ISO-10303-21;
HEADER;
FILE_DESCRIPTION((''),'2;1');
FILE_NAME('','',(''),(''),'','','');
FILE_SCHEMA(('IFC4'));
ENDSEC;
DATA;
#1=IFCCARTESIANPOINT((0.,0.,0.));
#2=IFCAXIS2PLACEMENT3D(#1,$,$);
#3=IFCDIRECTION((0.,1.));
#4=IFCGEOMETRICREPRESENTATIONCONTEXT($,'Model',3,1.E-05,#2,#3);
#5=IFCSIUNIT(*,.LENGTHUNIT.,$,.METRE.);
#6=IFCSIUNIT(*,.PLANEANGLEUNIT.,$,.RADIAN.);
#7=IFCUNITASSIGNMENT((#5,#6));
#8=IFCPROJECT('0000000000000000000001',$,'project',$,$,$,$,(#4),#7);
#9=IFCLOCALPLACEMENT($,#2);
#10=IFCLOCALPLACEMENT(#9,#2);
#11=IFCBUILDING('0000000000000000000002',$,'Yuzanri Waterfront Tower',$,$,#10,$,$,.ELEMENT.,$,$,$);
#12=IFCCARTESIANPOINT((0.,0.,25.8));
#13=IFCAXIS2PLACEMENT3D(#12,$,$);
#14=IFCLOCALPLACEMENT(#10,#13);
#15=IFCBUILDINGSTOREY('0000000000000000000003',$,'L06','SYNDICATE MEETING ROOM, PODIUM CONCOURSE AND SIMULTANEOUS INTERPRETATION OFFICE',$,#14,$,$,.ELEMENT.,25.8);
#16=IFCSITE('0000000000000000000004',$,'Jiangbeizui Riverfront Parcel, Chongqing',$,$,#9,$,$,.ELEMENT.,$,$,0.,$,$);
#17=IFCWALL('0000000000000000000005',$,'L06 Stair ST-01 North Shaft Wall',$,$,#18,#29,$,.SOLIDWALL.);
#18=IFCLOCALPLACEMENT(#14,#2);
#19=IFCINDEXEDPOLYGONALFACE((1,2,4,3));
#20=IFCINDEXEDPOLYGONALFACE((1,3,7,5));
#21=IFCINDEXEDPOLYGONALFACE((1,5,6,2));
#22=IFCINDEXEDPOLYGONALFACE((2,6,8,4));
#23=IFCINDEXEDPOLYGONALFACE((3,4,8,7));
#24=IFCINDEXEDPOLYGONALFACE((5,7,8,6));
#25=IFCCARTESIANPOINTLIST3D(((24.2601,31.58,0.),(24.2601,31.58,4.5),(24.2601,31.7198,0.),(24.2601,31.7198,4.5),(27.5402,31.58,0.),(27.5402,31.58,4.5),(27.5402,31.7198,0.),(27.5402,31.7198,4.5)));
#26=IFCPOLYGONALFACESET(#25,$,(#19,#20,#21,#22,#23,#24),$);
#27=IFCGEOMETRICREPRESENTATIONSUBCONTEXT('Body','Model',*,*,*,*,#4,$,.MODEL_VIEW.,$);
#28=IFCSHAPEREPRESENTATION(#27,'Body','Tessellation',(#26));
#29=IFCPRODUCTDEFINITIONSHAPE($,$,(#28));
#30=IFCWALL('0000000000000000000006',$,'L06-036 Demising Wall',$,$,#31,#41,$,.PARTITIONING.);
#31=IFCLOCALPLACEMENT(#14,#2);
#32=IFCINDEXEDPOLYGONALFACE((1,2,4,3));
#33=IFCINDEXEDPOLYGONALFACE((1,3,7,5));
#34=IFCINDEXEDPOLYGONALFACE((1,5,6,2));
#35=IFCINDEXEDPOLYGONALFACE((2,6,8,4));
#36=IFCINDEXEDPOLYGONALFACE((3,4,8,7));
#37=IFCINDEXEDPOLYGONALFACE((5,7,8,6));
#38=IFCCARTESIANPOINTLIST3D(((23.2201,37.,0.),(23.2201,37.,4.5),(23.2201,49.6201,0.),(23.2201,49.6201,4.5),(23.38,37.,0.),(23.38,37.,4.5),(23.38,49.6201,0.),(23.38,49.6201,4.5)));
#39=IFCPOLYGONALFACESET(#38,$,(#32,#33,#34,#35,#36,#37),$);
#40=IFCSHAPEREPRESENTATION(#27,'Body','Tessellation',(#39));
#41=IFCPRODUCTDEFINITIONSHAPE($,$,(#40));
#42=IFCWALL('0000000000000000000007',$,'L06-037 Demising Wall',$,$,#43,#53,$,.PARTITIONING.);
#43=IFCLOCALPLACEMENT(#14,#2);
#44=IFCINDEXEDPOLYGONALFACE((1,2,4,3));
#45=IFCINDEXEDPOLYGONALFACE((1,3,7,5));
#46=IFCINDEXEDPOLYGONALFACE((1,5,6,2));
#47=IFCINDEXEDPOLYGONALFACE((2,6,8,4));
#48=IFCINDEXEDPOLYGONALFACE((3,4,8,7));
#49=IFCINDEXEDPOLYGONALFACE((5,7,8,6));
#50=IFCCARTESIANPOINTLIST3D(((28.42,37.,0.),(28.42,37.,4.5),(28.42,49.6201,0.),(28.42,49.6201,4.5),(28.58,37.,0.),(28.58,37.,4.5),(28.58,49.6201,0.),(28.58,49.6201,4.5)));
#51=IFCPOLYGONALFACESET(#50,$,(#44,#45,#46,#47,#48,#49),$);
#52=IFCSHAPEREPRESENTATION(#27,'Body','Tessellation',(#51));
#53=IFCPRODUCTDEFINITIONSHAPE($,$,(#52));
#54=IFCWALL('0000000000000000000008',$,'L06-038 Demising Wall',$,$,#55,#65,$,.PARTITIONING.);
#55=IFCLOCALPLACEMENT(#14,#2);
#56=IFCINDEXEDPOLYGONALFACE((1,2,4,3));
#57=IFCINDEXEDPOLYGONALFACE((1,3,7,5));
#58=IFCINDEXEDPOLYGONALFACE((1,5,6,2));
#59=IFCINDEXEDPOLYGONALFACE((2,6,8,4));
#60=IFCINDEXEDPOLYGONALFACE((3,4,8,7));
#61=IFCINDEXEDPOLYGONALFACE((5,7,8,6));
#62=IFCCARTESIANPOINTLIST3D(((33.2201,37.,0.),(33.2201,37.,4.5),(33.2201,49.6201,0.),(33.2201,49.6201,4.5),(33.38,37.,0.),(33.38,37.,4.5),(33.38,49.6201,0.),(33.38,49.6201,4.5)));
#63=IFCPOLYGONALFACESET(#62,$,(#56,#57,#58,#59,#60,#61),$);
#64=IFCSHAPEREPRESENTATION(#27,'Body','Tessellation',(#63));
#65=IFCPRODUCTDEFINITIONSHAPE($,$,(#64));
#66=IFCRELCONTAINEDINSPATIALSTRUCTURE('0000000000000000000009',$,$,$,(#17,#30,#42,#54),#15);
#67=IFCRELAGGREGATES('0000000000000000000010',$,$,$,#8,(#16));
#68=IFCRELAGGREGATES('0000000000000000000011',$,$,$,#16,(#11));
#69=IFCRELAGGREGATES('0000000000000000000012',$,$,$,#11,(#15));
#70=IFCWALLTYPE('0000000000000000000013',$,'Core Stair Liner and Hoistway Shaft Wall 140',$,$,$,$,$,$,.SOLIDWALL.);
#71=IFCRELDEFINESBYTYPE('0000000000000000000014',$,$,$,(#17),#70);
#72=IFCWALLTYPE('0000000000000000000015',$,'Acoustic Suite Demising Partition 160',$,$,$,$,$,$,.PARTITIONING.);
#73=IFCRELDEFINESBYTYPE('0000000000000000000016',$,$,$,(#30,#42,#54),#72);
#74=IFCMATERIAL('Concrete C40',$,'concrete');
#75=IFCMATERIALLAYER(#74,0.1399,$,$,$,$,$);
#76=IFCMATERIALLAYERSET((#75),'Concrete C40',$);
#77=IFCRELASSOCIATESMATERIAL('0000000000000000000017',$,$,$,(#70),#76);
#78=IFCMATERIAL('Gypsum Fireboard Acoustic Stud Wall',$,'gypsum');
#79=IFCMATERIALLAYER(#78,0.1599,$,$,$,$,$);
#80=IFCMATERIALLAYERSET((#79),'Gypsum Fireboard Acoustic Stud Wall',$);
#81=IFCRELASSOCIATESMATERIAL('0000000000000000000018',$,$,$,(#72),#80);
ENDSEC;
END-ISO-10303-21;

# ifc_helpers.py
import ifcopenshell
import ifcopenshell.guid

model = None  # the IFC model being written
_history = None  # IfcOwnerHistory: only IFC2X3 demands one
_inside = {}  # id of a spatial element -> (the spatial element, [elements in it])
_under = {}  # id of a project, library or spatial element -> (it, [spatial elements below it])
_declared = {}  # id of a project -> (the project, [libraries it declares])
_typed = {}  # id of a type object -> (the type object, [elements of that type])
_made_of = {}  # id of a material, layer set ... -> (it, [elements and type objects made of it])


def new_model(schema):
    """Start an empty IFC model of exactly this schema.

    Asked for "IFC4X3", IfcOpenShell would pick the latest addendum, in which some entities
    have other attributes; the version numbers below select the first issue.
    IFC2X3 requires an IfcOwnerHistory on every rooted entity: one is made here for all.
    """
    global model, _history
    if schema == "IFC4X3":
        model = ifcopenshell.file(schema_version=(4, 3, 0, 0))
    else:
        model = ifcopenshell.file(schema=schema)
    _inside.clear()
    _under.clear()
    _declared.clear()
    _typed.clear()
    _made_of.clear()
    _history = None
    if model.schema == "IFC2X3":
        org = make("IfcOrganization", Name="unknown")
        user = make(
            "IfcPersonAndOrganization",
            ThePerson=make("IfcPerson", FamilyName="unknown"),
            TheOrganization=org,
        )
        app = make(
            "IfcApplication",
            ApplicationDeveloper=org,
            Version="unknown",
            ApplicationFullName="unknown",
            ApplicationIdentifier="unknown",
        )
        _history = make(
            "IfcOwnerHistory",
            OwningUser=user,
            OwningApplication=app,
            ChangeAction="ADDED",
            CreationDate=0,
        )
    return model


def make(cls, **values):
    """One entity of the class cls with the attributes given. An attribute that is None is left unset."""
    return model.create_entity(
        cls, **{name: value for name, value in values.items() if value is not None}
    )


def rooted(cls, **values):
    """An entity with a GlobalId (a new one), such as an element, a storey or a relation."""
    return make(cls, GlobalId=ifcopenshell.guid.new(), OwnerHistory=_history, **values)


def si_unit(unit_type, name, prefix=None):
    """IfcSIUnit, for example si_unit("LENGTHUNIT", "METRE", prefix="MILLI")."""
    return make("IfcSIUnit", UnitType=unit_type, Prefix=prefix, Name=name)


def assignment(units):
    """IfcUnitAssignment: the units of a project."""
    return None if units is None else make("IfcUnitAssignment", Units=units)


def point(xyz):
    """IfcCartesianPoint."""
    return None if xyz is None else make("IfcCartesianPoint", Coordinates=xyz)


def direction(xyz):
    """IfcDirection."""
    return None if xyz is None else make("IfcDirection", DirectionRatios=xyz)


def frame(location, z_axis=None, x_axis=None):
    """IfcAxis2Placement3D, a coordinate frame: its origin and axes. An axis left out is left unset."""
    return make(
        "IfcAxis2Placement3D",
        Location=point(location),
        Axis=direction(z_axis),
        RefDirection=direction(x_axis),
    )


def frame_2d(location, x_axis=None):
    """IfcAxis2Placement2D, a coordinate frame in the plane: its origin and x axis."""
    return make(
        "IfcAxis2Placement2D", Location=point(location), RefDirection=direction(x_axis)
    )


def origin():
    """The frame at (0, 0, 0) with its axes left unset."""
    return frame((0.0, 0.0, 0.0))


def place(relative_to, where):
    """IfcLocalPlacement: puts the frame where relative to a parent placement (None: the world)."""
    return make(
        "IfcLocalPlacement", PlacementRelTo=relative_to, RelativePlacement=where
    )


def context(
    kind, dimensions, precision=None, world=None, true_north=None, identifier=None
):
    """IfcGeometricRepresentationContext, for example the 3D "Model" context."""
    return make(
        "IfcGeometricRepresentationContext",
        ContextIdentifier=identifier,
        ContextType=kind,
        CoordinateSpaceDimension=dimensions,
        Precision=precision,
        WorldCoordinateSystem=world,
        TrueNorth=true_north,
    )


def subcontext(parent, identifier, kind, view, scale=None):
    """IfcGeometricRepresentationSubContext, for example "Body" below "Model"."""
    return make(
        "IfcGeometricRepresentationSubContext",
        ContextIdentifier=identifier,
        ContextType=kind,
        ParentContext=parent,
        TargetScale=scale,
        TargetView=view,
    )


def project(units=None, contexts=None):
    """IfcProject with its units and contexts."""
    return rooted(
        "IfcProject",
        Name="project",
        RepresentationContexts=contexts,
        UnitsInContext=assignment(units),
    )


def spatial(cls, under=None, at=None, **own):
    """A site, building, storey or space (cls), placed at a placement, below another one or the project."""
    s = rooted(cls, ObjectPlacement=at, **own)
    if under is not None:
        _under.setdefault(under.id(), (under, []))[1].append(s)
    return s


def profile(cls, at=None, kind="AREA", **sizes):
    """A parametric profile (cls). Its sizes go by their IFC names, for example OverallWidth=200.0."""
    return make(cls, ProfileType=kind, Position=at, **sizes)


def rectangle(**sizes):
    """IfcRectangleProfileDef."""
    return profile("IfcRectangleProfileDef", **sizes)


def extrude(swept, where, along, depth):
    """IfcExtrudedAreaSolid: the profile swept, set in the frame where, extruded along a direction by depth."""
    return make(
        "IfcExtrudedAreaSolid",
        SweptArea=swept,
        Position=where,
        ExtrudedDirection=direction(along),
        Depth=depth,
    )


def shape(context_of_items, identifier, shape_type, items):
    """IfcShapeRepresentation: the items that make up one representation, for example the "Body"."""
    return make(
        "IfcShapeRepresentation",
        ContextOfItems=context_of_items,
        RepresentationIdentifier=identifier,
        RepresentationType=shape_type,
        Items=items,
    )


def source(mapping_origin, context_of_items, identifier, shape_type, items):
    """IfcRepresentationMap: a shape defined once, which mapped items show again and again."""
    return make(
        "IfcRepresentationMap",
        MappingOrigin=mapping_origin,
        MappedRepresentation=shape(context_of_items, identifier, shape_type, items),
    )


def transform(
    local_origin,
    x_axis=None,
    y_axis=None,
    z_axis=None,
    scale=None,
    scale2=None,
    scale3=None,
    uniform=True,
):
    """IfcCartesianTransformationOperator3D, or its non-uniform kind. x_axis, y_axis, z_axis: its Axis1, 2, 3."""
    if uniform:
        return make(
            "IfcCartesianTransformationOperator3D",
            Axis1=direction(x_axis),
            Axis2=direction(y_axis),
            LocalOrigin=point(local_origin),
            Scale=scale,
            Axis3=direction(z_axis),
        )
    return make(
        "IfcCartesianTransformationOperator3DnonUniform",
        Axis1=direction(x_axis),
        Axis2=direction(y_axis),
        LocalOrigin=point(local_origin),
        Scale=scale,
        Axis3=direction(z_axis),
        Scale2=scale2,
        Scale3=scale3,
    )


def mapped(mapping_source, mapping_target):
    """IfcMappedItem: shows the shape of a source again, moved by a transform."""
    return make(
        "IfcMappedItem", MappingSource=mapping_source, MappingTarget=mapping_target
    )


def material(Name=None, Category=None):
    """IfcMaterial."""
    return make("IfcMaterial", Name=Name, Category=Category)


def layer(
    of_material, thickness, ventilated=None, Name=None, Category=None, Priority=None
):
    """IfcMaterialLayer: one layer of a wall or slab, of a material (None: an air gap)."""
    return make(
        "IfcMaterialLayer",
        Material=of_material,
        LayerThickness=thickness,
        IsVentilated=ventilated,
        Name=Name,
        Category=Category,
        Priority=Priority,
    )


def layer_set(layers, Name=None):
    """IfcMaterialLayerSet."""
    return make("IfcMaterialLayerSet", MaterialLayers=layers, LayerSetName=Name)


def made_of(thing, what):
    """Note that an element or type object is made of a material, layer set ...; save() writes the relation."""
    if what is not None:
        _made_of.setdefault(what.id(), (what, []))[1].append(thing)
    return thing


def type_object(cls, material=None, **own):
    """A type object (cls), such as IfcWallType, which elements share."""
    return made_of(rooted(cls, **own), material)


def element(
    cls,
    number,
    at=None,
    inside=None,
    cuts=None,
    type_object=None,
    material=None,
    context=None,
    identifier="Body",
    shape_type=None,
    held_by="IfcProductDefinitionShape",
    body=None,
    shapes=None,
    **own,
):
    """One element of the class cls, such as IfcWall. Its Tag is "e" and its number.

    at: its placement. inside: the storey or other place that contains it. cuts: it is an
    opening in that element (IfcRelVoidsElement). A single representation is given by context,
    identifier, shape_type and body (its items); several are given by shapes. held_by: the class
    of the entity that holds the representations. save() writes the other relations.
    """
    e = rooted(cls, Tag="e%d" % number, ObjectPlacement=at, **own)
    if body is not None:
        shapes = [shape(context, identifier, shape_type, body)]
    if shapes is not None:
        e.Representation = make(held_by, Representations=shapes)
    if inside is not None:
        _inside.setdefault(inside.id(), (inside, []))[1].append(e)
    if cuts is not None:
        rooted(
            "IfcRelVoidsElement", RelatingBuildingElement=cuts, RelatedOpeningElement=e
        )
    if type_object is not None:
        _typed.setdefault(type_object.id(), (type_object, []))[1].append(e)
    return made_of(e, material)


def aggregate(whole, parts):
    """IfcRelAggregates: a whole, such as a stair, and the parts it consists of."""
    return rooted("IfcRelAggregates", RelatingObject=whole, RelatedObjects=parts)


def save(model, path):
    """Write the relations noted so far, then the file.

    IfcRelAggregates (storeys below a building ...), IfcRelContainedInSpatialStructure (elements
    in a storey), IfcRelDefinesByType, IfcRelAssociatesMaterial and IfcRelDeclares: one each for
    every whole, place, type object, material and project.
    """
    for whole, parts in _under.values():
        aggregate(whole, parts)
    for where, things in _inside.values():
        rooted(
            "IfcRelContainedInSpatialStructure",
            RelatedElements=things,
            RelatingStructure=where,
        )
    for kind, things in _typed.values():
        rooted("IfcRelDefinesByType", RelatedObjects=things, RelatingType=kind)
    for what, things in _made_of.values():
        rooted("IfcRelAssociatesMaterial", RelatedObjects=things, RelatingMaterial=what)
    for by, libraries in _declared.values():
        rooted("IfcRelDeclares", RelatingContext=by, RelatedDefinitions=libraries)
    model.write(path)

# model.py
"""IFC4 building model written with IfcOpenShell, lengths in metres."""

from ifc_helpers import new_model, si_unit, direction, frame, frame_2d, origin, place, context, subcontext, project, spatial, rectangle, extrude, source, transform, mapped, material, layer, layer_set, type_object, element, save


model = new_model("IFC4")

# Units and contexts
model_context = context("Model", 3, precision=1e-05, world=origin(), true_north=direction((0.0, 1.0)))
body_context = subcontext(model_context, "Body", "Model", "MODEL_VIEW")
ifc_project = project(units=[si_unit("LENGTHUNIT", "METRE"), si_unit("PLANEANGLEUNIT", "RADIAN")], contexts=[model_context])

# Site, building, storey
site_placement = place(None, origin())
site = spatial("IfcSite", under=ifc_project, at=site_placement, Name="Jiangbeizui Riverfront Parcel, Chongqing", CompositionType="ELEMENT", RefElevation=0.0)
building_placement = place(site_placement, origin())
building = spatial("IfcBuilding", under=site, at=building_placement, Name="Yuzanri Waterfront Tower", CompositionType="ELEMENT")
storey_placement = place(building_placement, frame((0.0, 0.0, 25.8)))
storey = spatial("IfcBuildingStorey", under=building, at=storey_placement, Name="L06", Description="SYNDICATE MEETING ROOM, PODIUM CONCOURSE AND SIMULTANEOUS INTERPRETATION OFFICE", CompositionType="ELEMENT", Elevation=25.8)

# Shared definitions
ifc_material_1 = material(Name="Concrete C40", Category="concrete")
ifc_layer_1 = layer(ifc_material_1, 0.1399)
ifc_layer_set_1 = layer_set([ifc_layer_1], Name="Concrete C40")
wall_type_1 = type_object("IfcWallType", Name="Core Stair Liner and Hoistway Shaft Wall 140", PredefinedType="SOLIDWALL", material=ifc_layer_set_1)

# Walls
shared_shape_1 = source(origin(), body_context, "Body", "SweptSolid", [
    extrude(rectangle(XDim=3.28, YDim=0.1399, at=frame_2d((1.6401, 0.0))), origin(), (0.0, 0.0, 1.0), 4.5),
])
wall_1_placement = place(storey_placement, frame((24.26, 31.6499, 0.0), z_axis=(0.0, 0.0, 1.0), x_axis=(1.0, 0.0, 0.0)))
element("IfcWall", 1, at=wall_1_placement, inside=storey, type_object=wall_type_1, Name="L06 Stair ST-01 North Shaft Wall", PredefinedType="SOLIDWALL", context=body_context, shape_type="MappedRepresentation", body=[
    mapped(shared_shape_1, transform((0.0, 0.0, 0.0), scale=1.0)),
])
ifc_material_2 = material(Name="Gypsum Fireboard Acoustic Stud Wall", Category="gypsum")
ifc_layer_2 = layer(ifc_material_2, 0.1599)
ifc_layer_set_2 = layer_set([ifc_layer_2], Name="Gypsum Fireboard Acoustic Stud Wall")
wall_type_2 = type_object("IfcWallType", Name="Acoustic Suite Demising Partition 160", PredefinedType="PARTITIONING", material=ifc_layer_set_2)
shared_shape_2 = source(origin(), body_context, "Body", "SweptSolid", [
    extrude(rectangle(XDim=12.6201, YDim=0.1599, at=frame_2d((6.3101, 0.0))), origin(), (0.0, 0.0, 1.0), 4.5),
])
for number, where, z_axis, x_axis, name in (
    (2, (23.3, 37.0, 0.0), (0.0, 0.0, 1.0), (0.0, 1.0, 0.0), "L06-036 Demising Wall"),
    (3, (28.5, 37.0, 0.0), (0.0, 0.0, 1.0), (0.0, 1.0, 0.0), "L06-037 Demising Wall"),
    (4, (33.3, 37.0, 0.0), (0.0, 0.0, 1.0), (0.0, 1.0, 0.0), "L06-038 Demising Wall"),
):
    element("IfcWall", number, at=place(storey_placement, frame(where, z_axis=z_axis, x_axis=x_axis)), inside=storey, type_object=wall_type_2, Name=name, PredefinedType="PARTITIONING", context=body_context, shape_type="MappedRepresentation", body=[
        mapped(shared_shape_2, transform((0.0, 0.0, 0.0), scale=1.0)),
    ])

save(model, "model.ifc")
